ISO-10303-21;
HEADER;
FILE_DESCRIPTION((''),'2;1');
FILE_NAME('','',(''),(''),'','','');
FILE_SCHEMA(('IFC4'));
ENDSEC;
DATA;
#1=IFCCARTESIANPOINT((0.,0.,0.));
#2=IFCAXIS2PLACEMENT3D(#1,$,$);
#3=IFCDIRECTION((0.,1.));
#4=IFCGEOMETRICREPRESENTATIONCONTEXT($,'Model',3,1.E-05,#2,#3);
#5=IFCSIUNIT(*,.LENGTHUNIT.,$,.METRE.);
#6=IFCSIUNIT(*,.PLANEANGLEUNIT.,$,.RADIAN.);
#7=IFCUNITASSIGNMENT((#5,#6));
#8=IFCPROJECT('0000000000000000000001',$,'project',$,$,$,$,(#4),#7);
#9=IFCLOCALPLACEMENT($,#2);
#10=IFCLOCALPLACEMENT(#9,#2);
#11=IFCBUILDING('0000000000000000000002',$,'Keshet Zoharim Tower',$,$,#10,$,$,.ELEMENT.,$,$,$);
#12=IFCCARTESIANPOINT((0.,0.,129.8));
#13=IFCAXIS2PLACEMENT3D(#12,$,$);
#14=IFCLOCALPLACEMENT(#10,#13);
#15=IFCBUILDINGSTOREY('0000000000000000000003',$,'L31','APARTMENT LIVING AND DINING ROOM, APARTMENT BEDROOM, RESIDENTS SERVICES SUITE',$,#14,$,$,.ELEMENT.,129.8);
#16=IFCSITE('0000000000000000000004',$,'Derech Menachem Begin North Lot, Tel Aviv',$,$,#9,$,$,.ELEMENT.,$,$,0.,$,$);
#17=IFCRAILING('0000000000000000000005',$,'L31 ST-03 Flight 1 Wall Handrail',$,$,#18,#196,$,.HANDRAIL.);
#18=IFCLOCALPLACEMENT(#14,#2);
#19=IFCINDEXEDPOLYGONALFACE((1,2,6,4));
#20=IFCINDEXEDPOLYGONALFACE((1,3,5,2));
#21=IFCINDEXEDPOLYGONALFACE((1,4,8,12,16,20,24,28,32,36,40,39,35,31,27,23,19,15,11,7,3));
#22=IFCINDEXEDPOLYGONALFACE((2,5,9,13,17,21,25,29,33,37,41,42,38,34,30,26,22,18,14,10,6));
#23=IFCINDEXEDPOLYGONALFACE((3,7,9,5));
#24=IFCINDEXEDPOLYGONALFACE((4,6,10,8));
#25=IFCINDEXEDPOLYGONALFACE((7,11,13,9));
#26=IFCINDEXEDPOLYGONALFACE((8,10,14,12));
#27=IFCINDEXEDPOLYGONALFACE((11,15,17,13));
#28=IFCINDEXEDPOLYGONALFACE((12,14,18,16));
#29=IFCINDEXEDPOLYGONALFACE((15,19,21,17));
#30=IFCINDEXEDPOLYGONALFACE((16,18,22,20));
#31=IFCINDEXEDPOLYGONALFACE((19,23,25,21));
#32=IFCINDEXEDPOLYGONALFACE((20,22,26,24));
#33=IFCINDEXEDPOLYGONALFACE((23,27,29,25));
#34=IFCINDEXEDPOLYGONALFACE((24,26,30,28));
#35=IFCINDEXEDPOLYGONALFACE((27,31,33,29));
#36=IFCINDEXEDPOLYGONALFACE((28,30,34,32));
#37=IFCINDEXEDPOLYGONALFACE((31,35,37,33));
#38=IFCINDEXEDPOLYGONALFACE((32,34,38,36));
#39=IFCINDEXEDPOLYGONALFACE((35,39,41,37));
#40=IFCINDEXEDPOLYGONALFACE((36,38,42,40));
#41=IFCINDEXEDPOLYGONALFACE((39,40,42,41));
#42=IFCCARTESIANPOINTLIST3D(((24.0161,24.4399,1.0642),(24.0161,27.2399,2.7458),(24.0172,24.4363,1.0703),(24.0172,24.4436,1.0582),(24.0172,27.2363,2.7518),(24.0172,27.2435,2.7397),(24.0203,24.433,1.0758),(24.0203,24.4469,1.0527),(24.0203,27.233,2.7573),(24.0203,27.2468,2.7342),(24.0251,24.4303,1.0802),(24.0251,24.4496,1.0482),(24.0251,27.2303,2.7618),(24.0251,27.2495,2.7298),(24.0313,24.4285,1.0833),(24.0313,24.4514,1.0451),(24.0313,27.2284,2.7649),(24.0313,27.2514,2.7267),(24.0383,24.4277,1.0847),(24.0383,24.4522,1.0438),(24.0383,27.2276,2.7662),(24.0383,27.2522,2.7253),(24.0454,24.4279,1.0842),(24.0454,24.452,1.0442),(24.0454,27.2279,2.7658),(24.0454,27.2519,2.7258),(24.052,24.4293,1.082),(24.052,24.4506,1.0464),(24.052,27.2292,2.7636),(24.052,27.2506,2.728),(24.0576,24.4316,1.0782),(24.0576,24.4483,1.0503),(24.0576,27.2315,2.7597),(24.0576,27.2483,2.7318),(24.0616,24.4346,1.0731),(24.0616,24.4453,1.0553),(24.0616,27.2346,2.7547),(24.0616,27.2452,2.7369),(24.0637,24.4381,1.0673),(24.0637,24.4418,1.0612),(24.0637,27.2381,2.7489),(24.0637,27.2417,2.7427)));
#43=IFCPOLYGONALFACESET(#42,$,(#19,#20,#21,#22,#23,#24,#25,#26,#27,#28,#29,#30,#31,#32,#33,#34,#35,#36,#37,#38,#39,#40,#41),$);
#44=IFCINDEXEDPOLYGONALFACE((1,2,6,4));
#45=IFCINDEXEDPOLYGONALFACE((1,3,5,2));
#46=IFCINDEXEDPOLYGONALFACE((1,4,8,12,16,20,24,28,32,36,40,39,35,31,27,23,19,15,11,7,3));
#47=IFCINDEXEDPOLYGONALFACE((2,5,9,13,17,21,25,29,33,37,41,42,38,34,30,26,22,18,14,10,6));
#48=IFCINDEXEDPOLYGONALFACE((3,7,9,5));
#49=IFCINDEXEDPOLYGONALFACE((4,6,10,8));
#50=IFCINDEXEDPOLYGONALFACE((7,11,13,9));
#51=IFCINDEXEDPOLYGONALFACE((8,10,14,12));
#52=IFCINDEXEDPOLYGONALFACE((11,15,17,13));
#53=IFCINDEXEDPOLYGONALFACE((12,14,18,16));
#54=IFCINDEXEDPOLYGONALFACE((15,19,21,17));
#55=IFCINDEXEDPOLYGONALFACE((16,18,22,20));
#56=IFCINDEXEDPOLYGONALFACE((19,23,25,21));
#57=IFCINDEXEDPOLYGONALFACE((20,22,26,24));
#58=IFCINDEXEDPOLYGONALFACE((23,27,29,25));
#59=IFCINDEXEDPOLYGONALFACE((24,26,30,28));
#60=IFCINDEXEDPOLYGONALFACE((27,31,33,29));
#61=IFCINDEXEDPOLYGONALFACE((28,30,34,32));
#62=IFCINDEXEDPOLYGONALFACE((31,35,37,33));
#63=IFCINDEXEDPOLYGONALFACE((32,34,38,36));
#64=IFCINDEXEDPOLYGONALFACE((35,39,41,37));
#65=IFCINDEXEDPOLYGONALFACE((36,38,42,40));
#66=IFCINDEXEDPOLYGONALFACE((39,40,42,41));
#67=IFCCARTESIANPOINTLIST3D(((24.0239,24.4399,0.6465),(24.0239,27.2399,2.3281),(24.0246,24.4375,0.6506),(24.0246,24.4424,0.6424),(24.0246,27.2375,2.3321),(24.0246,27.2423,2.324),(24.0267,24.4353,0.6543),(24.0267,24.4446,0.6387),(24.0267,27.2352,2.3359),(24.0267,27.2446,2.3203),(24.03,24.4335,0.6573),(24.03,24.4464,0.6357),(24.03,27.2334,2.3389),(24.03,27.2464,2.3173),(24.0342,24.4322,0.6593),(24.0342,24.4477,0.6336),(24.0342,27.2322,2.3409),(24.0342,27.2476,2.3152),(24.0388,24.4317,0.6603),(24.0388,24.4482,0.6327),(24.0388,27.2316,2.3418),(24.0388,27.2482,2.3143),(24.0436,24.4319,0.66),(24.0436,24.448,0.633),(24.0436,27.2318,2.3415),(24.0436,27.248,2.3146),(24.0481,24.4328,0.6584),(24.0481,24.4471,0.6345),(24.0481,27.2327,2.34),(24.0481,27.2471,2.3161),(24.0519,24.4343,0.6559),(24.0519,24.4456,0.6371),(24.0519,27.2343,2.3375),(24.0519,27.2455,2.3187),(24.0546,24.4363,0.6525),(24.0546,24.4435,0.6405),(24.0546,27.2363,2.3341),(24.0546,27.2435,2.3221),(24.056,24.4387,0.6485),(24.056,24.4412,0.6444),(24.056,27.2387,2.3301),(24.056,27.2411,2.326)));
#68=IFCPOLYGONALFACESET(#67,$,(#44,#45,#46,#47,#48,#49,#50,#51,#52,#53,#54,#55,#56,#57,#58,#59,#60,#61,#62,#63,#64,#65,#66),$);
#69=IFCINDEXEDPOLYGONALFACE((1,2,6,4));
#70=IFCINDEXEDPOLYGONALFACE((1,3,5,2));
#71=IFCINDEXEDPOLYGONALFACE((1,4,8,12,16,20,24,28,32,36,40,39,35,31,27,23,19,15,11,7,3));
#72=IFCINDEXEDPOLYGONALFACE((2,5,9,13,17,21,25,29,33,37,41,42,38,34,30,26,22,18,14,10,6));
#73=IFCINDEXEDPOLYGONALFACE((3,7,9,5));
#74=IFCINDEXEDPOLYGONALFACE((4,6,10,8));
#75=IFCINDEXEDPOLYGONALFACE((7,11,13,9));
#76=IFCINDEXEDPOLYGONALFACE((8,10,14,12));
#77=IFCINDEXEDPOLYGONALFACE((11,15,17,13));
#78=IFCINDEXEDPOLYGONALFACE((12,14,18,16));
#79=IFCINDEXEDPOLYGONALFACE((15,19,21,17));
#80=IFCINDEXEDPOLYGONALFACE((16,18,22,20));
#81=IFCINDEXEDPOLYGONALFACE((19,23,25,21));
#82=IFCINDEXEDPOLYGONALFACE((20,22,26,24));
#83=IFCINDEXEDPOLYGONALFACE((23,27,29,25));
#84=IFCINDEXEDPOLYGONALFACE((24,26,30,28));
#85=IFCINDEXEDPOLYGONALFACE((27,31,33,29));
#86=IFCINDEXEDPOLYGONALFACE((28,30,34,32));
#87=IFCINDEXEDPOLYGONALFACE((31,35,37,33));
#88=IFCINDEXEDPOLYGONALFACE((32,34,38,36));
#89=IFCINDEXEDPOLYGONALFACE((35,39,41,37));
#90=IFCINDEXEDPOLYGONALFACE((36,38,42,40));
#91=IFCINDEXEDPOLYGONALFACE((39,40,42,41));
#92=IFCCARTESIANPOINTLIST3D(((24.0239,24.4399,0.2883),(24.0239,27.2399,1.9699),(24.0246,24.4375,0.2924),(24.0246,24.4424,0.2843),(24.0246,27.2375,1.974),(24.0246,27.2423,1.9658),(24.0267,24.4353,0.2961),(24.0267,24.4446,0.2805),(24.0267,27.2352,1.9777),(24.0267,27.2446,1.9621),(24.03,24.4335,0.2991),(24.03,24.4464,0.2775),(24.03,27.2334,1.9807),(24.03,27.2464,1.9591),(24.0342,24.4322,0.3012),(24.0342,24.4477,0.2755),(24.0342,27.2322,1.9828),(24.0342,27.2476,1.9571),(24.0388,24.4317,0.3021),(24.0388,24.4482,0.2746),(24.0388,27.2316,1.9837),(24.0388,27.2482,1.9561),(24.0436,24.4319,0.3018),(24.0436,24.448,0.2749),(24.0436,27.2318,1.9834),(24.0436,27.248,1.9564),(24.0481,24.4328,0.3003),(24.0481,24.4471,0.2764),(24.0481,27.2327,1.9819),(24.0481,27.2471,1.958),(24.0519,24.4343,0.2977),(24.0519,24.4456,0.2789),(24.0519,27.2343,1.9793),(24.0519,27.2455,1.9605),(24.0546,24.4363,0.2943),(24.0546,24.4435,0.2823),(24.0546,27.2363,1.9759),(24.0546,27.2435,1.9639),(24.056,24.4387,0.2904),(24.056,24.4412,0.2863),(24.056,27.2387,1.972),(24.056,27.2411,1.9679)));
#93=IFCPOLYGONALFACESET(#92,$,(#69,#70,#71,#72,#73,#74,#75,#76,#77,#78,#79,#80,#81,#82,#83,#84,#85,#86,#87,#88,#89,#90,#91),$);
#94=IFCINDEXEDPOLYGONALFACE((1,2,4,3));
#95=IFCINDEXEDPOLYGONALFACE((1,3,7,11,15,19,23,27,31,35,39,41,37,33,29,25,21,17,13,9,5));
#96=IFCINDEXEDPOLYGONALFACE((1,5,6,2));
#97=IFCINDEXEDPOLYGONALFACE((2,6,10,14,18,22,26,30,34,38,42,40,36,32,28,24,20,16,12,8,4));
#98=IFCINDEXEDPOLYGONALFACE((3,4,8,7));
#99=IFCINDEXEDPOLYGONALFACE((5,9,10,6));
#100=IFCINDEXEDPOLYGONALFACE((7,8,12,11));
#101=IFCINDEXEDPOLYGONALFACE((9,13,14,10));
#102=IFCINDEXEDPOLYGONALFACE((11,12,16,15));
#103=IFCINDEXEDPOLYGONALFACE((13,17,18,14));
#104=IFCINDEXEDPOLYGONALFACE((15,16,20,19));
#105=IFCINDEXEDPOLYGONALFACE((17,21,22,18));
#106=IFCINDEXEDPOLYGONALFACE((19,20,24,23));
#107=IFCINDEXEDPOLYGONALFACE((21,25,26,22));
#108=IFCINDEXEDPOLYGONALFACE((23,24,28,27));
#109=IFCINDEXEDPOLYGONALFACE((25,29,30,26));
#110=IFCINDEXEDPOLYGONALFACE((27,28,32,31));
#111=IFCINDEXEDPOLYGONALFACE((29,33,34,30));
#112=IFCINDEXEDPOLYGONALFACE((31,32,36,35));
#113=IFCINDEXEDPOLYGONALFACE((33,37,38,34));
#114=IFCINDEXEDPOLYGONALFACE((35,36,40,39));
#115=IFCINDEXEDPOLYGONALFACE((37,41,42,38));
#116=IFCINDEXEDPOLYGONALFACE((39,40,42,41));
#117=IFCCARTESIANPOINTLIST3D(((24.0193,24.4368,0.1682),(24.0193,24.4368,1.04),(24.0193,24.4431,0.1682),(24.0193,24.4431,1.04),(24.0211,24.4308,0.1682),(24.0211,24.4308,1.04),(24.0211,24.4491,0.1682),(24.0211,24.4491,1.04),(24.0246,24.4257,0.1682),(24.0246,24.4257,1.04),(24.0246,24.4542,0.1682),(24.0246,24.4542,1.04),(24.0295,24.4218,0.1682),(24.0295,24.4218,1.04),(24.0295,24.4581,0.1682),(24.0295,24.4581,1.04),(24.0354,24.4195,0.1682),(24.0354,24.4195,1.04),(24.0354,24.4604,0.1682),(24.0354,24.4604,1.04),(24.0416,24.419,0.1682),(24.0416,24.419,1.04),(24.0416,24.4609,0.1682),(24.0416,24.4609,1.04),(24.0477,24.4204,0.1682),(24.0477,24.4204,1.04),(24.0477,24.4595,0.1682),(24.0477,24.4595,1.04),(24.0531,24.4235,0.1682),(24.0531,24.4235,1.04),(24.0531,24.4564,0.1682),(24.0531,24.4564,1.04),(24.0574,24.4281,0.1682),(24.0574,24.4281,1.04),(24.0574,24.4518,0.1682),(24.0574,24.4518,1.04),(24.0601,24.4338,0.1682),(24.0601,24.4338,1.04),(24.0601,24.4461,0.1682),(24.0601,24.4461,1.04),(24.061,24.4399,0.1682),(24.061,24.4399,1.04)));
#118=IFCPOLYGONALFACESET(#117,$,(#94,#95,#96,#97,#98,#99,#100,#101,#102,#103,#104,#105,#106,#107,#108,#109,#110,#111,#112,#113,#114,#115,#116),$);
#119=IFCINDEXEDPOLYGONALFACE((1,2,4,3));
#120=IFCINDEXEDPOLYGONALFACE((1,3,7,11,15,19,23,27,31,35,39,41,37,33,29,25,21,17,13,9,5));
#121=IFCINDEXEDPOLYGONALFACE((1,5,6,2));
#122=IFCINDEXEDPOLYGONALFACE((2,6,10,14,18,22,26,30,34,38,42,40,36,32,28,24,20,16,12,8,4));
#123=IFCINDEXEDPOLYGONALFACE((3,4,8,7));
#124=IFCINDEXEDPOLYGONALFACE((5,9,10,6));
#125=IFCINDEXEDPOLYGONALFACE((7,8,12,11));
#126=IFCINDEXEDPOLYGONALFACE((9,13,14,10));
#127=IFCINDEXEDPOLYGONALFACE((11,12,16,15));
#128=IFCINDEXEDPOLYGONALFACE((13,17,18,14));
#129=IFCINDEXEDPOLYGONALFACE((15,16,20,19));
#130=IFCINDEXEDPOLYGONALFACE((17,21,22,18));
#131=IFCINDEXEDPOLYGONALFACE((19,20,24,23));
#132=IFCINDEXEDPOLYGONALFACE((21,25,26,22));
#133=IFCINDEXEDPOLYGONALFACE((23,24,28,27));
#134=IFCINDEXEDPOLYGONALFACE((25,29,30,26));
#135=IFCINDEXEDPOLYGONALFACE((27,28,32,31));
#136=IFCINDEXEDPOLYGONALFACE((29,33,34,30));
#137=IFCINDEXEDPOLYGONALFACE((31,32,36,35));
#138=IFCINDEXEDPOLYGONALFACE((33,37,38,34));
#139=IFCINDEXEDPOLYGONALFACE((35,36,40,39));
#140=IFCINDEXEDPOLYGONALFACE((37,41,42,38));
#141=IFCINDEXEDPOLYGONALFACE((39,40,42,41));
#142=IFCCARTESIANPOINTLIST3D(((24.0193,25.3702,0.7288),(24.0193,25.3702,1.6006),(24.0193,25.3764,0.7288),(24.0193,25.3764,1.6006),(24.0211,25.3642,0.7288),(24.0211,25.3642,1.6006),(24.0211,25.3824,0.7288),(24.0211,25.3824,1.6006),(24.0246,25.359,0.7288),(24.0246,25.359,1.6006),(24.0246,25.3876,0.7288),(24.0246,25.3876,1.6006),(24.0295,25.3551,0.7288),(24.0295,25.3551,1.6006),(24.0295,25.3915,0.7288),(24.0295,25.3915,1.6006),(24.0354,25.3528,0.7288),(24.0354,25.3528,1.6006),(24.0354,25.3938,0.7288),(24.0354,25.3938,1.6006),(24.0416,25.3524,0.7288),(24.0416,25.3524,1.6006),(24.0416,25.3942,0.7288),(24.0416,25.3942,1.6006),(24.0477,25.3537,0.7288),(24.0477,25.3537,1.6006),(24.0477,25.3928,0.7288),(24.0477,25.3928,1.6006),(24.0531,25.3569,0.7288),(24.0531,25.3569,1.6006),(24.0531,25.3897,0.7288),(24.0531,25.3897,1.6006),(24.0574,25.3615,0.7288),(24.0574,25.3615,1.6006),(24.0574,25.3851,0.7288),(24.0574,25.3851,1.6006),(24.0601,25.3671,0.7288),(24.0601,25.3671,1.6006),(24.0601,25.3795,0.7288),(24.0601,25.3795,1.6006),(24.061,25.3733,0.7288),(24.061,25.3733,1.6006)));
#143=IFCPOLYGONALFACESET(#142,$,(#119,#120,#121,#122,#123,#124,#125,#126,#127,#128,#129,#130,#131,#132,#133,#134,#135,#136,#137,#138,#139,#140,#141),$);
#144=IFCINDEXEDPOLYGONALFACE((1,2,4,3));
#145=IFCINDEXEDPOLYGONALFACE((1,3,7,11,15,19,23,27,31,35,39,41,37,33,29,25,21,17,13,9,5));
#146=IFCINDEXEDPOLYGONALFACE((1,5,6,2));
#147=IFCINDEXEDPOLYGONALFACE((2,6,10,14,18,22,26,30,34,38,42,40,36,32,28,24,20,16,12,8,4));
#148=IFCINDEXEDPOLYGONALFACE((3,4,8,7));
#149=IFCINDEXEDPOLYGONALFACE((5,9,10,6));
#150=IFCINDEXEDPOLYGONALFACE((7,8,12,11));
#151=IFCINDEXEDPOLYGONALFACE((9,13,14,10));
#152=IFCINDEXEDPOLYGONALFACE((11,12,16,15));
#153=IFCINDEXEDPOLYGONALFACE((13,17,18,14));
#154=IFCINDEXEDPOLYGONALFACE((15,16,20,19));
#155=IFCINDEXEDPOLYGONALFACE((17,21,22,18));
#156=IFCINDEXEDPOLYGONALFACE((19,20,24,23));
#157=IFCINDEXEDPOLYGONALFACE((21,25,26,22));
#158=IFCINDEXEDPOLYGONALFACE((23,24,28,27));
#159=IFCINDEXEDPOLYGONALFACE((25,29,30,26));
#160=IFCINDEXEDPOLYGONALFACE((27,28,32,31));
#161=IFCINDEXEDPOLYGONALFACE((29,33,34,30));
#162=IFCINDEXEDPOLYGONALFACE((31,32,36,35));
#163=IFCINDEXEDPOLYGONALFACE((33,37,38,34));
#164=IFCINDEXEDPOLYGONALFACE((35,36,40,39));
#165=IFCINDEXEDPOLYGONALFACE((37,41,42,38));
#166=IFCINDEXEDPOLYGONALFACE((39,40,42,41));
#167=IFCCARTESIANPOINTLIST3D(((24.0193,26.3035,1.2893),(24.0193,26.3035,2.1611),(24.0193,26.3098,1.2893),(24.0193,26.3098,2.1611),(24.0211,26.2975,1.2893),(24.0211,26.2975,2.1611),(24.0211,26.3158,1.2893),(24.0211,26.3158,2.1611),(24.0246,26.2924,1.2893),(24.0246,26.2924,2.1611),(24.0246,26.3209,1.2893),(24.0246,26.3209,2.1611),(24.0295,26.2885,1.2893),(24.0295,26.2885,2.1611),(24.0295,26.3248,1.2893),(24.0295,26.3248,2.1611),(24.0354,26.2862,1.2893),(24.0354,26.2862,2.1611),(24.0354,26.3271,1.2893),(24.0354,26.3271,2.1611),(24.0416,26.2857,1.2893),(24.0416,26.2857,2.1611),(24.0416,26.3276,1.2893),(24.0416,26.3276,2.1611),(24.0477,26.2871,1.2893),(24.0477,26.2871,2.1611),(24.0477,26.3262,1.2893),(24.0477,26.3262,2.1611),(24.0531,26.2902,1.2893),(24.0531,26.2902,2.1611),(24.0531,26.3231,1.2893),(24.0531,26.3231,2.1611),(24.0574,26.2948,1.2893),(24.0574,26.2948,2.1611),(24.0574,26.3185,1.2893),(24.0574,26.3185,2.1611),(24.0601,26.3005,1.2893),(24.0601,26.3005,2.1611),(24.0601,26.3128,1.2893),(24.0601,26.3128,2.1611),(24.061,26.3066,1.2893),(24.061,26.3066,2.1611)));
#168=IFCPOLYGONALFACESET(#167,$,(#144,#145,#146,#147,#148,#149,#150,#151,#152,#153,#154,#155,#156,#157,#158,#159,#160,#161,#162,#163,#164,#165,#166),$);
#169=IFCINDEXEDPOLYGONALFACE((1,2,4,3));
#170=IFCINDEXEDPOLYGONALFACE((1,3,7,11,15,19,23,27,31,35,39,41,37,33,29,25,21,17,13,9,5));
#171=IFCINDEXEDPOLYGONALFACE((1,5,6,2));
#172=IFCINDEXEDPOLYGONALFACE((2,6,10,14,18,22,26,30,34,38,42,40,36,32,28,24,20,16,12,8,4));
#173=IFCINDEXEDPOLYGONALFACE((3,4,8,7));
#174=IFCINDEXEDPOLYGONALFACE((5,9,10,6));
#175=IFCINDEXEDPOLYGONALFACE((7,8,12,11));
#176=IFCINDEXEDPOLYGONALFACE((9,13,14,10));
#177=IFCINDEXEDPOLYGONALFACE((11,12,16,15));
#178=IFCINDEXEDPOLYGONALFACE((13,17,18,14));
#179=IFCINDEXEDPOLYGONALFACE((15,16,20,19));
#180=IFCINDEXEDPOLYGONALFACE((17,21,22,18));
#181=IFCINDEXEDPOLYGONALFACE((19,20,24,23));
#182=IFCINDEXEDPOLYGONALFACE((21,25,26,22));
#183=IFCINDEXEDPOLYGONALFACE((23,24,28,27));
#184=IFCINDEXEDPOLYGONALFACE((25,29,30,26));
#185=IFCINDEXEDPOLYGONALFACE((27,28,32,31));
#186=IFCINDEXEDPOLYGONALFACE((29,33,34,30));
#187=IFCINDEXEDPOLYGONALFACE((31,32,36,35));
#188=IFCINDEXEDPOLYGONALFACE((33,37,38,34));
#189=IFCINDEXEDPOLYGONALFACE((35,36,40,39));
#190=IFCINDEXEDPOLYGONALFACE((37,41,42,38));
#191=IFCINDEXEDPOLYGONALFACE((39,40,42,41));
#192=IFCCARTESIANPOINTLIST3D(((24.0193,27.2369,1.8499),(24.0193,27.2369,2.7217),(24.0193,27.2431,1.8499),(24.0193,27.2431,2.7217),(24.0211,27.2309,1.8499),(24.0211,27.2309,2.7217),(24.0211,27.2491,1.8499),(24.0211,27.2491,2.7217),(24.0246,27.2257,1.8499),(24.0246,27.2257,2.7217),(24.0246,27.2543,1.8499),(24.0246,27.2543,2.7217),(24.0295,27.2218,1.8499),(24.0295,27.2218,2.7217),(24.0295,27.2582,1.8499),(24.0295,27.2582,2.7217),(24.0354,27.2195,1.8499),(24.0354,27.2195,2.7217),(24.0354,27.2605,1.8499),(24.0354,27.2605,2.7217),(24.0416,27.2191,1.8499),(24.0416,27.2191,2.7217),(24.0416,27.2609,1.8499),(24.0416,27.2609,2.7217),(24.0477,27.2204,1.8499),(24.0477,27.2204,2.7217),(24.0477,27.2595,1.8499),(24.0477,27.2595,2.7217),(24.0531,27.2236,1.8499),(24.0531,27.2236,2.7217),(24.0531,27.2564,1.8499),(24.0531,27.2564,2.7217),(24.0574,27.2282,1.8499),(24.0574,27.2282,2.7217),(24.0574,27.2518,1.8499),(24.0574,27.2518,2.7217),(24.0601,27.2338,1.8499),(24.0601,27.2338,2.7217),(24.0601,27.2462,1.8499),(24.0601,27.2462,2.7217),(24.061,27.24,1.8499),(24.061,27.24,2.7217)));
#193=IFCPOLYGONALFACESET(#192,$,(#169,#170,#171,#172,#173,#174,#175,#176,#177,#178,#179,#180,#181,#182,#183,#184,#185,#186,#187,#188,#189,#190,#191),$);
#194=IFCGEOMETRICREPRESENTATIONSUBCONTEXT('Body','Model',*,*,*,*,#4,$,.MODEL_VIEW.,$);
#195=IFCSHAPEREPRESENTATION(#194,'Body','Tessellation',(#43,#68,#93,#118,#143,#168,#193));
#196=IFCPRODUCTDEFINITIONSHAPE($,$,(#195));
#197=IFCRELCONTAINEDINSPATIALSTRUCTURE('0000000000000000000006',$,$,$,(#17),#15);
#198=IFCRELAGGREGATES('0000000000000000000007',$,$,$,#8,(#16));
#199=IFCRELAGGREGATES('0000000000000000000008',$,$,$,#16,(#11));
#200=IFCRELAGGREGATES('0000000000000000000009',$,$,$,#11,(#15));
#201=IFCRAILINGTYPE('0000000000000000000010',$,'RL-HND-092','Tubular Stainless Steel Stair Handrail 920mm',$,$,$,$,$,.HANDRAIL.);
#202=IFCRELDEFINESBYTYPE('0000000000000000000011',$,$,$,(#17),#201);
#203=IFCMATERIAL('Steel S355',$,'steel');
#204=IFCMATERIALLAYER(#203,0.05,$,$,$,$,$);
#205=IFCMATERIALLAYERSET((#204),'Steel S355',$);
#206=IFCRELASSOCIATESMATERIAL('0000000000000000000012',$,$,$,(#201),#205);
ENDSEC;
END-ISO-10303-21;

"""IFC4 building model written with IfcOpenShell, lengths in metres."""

from ifc_helpers import new_model, si_unit, direction, frame, origin, origin_2d, place, context, subcontext, project, spatial, circle, extrude, material, layer, layer_set, type_object, element, save


model = new_model("IFC4")

# Units and contexts
model_context = context("Model", 3, precision=1e-05, world=origin(), true_north=direction((0.0, 1.0)))
body_context = subcontext(model_context, "Body", "Model", "MODEL_VIEW")
ifc_project = project(units=[si_unit("LENGTHUNIT", "METRE"), si_unit("PLANEANGLEUNIT", "RADIAN")], contexts=[model_context])

# Site, building, storey
site_placement = place(None, origin())
site = spatial("IfcSite", under=ifc_project, at=site_placement, Name="Derech Menachem Begin North Lot, Tel Aviv", CompositionType="ELEMENT", RefElevation=0.0)
building_placement = place(site_placement, origin())
building = spatial("IfcBuilding", under=site, at=building_placement, Name="Keshet Zoharim Tower", CompositionType="ELEMENT")
storey_placement = place(building_placement, frame((0.0, 0.0, 129.8)))
storey = spatial("IfcBuildingStorey", under=building, at=storey_placement, Name="L31", Description="APARTMENT LIVING AND DINING ROOM, APARTMENT BEDROOM, RESIDENTS SERVICES SUITE", CompositionType="ELEMENT", Elevation=129.8)

# Shared definitions
ifc_material_1 = material(Name="Steel S355", Category="steel")

# Railing
ifc_layer_1 = layer(ifc_material_1, 0.05)
ifc_layer_set_1 = layer_set([ifc_layer_1], Name="Steel S355")
railing_type_1 = type_object("IfcRailingType", Name="RL-HND-092", Description="Tubular Stainless Steel Stair Handrail 920mm", PredefinedType="HANDRAIL", material=ifc_layer_set_1)
railing_1_placement = place(storey_placement, frame((24.04, 24.4399, 0.1682)))
element("IfcRailing", 1, at=railing_1_placement, inside=storey, type_object=railing_type_1, Name="L31 ST-03 Flight 1 Wall Handrail", PredefinedType="HANDRAIL", context=body_context, shape_type="SweptSolid", body=[
    extrude(circle(Radius=0.0239, at=origin_2d()), frame((0.0, 0.0, 0.896), z_axis=(0.0, 0.857275, 0.514858), x_axis=(-1.0, 0.0, 0.0)), (0.0, 0.0, 1.0), 3.2661),
    extrude(circle(Radius=0.0161, at=origin_2d()), frame((0.0, 0.0, 0.4783), z_axis=(0.0, 0.857275, 0.514858), x_axis=(-1.0, 0.0, 0.0)), (0.0, 0.0, 1.0), 3.2661),
    extrude(circle(Radius=0.0161, at=origin_2d()), frame((0.0, 0.0, 0.1201), z_axis=(0.0, 0.857275, 0.514858), x_axis=(-1.0, 0.0, 0.0)), (0.0, 0.0, 1.0), 3.2661),
    extrude(circle(Radius=0.021, at=origin_2d()), origin(), (0.0, 0.0, 1.0), 0.8718),
    extrude(circle(Radius=0.021, at=origin_2d()), frame((0.0, 0.9333, 0.5605)), (0.0, 0.0, 1.0), 0.8718),
    extrude(circle(Radius=0.021, at=origin_2d()), frame((0.0, 1.8667, 1.1211)), (0.0, 0.0, 1.0), 0.8718),
    extrude(circle(Radius=0.021, at=origin_2d()), frame((0.0, 2.8, 1.6816)), (0.0, 0.0, 1.0), 0.8718),
])

save(model, "model.ifc")
